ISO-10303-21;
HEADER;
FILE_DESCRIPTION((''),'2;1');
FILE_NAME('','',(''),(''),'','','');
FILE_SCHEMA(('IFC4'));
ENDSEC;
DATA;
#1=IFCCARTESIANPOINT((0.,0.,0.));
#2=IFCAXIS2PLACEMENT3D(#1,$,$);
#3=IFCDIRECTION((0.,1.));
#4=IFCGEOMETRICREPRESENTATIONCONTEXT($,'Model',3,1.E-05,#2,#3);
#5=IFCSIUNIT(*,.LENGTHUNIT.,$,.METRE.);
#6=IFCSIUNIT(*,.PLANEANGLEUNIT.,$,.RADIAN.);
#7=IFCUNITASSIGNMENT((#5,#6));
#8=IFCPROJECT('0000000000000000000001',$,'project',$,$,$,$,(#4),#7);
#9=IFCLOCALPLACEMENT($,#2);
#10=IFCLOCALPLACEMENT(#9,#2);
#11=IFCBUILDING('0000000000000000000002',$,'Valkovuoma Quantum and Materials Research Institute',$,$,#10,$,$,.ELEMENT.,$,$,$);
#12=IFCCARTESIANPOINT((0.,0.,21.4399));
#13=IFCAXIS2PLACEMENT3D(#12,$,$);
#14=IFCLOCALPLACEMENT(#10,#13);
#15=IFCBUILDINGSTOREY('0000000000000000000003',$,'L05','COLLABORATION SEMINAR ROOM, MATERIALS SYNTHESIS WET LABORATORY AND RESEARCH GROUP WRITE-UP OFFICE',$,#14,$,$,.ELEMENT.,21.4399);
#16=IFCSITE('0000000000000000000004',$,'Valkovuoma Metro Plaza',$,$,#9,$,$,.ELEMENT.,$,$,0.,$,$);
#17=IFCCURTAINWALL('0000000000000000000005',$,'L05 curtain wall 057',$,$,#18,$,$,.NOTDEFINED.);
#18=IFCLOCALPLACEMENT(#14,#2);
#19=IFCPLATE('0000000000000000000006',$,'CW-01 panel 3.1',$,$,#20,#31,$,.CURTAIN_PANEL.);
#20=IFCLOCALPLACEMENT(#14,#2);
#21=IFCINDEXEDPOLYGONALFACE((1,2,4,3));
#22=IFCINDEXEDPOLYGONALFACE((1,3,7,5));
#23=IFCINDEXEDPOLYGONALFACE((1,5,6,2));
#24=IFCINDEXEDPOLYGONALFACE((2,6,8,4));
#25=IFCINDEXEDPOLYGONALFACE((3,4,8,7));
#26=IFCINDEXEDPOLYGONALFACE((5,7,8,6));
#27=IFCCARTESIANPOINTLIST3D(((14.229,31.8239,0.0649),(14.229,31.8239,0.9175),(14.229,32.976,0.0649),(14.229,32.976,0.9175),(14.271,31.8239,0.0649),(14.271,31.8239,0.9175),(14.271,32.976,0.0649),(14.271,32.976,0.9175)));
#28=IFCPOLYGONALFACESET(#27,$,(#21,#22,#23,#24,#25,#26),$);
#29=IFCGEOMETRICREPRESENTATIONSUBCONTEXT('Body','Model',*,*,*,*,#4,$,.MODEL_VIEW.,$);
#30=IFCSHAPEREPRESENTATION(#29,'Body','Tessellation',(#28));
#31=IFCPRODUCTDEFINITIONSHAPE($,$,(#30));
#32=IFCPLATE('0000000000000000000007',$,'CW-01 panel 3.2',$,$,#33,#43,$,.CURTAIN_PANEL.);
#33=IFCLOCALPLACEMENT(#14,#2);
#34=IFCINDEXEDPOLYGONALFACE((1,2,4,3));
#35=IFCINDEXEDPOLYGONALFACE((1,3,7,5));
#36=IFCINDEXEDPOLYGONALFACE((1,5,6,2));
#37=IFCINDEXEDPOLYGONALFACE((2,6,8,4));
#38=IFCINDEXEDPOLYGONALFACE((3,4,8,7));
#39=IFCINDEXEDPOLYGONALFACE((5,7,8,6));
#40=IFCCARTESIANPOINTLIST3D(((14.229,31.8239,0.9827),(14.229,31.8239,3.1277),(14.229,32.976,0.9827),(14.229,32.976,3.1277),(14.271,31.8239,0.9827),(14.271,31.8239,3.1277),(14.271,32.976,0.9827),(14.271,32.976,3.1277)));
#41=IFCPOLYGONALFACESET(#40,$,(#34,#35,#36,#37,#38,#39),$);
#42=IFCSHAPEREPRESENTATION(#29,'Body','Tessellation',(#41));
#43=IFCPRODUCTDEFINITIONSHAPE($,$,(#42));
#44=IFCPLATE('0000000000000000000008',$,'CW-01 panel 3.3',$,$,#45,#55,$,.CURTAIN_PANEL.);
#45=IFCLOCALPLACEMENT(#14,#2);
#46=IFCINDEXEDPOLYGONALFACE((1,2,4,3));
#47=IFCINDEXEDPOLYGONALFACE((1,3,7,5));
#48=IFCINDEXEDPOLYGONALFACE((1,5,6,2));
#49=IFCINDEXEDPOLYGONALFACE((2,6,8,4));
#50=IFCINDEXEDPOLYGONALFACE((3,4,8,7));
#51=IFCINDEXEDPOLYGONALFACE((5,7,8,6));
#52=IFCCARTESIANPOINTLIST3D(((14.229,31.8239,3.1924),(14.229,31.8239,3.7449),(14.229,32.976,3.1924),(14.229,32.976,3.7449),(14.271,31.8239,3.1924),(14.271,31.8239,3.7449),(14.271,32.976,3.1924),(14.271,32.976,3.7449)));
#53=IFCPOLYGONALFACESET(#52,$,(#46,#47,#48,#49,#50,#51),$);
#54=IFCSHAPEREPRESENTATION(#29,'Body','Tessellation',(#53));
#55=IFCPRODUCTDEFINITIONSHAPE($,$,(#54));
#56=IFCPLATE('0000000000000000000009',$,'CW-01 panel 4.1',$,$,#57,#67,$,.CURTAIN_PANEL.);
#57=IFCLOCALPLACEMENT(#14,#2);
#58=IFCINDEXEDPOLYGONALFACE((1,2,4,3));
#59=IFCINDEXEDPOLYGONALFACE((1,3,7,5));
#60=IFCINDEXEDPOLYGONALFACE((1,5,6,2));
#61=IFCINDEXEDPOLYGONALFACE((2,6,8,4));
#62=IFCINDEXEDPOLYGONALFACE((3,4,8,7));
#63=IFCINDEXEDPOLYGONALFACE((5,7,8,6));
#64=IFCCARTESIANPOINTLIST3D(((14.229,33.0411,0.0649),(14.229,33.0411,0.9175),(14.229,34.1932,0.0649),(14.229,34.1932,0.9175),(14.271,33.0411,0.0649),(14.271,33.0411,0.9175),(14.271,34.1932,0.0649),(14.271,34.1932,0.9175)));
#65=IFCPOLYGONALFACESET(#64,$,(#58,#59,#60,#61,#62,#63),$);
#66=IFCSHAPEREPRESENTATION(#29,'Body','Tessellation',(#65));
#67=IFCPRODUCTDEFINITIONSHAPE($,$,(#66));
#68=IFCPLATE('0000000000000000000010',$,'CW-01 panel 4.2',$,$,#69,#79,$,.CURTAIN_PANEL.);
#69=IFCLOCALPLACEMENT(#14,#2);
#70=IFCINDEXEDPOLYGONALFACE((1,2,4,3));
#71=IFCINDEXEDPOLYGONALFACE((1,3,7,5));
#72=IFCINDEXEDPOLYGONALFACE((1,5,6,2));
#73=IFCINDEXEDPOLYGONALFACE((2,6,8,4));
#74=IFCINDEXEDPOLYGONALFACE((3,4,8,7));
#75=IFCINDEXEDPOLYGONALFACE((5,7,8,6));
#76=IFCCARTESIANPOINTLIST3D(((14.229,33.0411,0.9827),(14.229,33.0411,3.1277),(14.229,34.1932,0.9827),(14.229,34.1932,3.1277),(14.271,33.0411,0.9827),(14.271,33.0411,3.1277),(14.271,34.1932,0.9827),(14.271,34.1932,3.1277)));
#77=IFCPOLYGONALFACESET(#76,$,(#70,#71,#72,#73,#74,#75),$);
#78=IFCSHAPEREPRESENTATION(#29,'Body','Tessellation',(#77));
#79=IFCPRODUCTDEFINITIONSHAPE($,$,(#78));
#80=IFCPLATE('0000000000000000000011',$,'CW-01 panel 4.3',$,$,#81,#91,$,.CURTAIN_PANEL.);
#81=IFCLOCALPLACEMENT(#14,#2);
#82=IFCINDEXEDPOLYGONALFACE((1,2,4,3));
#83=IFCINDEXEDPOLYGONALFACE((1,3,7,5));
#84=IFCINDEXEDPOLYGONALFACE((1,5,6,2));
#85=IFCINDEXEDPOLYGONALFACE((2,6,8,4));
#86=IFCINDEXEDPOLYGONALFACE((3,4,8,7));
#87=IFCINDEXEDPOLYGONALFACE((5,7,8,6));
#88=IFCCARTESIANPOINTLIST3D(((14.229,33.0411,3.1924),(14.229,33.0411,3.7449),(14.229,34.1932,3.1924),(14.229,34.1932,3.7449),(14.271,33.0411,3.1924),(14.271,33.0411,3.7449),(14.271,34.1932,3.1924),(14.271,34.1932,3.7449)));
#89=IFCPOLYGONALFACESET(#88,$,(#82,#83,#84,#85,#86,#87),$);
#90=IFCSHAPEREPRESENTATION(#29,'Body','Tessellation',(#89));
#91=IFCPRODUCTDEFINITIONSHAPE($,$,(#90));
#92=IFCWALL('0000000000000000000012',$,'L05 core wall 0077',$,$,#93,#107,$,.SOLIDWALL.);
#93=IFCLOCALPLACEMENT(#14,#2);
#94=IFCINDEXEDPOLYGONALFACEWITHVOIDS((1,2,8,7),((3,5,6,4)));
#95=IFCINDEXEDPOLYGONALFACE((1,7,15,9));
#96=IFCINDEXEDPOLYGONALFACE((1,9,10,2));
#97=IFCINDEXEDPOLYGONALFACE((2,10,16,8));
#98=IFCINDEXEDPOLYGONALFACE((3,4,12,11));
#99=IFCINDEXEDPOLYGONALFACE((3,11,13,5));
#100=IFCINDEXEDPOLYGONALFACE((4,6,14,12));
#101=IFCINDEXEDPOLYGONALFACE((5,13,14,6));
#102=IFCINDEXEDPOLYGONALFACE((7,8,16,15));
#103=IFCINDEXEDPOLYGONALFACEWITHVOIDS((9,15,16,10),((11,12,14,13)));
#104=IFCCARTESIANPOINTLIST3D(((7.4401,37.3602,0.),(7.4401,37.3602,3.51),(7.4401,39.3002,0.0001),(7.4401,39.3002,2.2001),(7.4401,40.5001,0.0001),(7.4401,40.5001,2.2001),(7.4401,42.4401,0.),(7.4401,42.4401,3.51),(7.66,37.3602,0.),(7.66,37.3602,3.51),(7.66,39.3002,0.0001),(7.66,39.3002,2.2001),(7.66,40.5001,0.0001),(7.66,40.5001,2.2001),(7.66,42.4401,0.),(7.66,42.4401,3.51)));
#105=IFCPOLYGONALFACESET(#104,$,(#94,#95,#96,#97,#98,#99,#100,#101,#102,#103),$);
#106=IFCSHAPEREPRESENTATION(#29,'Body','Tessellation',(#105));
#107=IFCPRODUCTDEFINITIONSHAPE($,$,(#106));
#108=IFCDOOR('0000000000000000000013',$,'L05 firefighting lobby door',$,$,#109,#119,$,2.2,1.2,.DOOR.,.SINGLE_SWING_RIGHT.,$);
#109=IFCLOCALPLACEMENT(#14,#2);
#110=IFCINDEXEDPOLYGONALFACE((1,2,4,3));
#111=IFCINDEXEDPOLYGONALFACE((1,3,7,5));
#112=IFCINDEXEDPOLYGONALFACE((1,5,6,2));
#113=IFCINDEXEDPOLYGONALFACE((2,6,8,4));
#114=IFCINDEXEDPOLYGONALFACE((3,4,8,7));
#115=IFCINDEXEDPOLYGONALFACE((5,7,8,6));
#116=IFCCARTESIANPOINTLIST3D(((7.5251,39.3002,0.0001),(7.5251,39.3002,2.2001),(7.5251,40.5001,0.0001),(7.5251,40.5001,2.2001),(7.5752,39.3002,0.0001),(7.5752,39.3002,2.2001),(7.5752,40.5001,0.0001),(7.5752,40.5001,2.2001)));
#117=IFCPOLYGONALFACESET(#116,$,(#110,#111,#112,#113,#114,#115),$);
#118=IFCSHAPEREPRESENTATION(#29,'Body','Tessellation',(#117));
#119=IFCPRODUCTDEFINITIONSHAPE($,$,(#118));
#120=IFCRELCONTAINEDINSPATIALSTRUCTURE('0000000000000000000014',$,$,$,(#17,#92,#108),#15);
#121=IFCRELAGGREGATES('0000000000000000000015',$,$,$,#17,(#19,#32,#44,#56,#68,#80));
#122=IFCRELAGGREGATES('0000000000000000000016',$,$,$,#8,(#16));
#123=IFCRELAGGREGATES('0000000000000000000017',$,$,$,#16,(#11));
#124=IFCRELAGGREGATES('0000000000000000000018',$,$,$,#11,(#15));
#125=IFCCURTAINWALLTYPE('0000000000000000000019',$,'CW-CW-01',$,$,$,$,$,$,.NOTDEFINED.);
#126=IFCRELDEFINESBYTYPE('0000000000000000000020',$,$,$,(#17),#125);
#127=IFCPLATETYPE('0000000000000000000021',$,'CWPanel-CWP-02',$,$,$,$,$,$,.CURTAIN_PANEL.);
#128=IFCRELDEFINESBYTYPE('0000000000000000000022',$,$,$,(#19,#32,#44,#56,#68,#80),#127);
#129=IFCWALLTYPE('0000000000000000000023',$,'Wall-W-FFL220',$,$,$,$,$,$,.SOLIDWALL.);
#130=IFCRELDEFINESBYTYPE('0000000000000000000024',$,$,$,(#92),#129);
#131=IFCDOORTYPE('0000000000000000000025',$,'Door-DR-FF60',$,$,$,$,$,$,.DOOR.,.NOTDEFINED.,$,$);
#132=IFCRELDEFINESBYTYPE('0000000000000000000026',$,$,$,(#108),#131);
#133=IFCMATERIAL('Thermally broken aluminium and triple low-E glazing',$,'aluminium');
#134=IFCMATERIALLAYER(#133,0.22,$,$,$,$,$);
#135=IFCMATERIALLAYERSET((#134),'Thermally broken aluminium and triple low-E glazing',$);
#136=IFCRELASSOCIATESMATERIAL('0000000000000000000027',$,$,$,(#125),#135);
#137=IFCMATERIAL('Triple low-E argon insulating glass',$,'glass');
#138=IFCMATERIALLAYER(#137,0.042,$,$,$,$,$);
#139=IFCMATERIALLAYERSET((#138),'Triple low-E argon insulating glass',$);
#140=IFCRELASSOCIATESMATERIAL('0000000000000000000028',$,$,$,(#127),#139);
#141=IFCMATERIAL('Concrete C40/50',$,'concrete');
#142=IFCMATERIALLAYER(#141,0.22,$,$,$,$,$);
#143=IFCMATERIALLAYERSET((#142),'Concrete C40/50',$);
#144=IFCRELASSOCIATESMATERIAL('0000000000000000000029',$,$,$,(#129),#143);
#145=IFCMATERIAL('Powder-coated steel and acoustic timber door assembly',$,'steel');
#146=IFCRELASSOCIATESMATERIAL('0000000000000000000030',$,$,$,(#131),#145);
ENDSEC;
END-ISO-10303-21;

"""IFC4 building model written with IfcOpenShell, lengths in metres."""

from ifc_helpers import new_model, si_unit, direction, frame, frame_2d, origin, origin_2d, place, context, subcontext, project, spatial, rectangle, extrude, material, layer, layer_set, type_object, element, fill, aggregate, save


model = new_model("IFC4")

# Units and contexts
model_context = context("Model", 3, precision=1e-05, world=origin(), true_north=direction((0.0, 1.0)))
body_context = subcontext(model_context, "Body", "Model", "MODEL_VIEW")
ifc_project = project(units=[si_unit("LENGTHUNIT", "METRE"), si_unit("PLANEANGLEUNIT", "RADIAN")], contexts=[model_context])

# Site, building, storey
site_placement = place(None, origin())
site = spatial("IfcSite", under=ifc_project, at=site_placement, Name="Valkovuoma Metro Plaza", CompositionType="ELEMENT", RefElevation=0.0)
building_placement = place(site_placement, origin())
building = spatial("IfcBuilding", under=site, at=building_placement, Name="Valkovuoma Quantum and Materials Research Institute", CompositionType="ELEMENT")
storey_placement = place(building_placement, frame((0.0, 0.0, 21.4399)))
storey = spatial("IfcBuildingStorey", under=building, at=storey_placement, Name="L05", Description="COLLABORATION SEMINAR ROOM, MATERIALS SYNTHESIS WET LABORATORY AND RESEARCH GROUP WRITE-UP OFFICE", CompositionType="ELEMENT", Elevation=21.4399)

# Curtain wall, plates
ifc_material_1 = material(Name="Thermally broken aluminium and triple low-E glazing", Category="aluminium")
ifc_layer_1 = layer(ifc_material_1, 0.22)
ifc_layer_set_1 = layer_set([ifc_layer_1], Name="Thermally broken aluminium and triple low-E glazing")
curtain_wall_type = type_object("IfcCurtainWallType", Name="CW-CW-01", PredefinedType="NOTDEFINED", material=ifc_layer_set_1)
curtain_wall_placement = place(storey_placement, origin())
curtain_wall = element("IfcCurtainWall", 1, at=curtain_wall_placement, inside=storey, type_object=curtain_wall_type, Name="L05 curtain wall 057", PredefinedType="NOTDEFINED")
ifc_material_2 = material(Name="Triple low-E argon insulating glass", Category="glass")
ifc_layer_2 = layer(ifc_material_2, 0.042)
ifc_layer_set_2 = layer_set([ifc_layer_2], Name="Triple low-E argon insulating glass")
plate_type = type_object("IfcPlateType", Name="CWPanel-CWP-02", PredefinedType="CURTAIN_PANEL", material=ifc_layer_set_2)
plate_1_placement = place(storey_placement, frame((14.25, 32.3999, 0.0649), z_axis=(0.0, 0.0, 1.0), x_axis=(0.0, 1.0, 0.0)))
plate_1 = element("IfcPlate", 2, at=plate_1_placement, type_object=plate_type, Name="CW-01 panel 3.1", PredefinedType="CURTAIN_PANEL", context=body_context, shape_type="SweptSolid", body=[
    extrude(rectangle(XDim=1.1521, YDim=0.042, at=origin_2d()), origin(), (0.0, 0.0, 1.0), 0.8525),
])
plate_2_placement = place(storey_placement, frame((14.25, 32.3999, 0.9827), z_axis=(0.0, 0.0, 1.0), x_axis=(0.0, 1.0, 0.0)))
plate_2 = element("IfcPlate", 3, at=plate_2_placement, type_object=plate_type, Name="CW-01 panel 3.2", PredefinedType="CURTAIN_PANEL", context=body_context, shape_type="SweptSolid", body=[
    extrude(rectangle(XDim=1.1521, YDim=0.042, at=origin_2d()), origin(), (0.0, 0.0, 1.0), 2.145),
])
plate_3_placement = place(storey_placement, frame((14.25, 32.3999, 3.1924), z_axis=(0.0, 0.0, 1.0), x_axis=(0.0, 1.0, 0.0)))
plate_3 = element("IfcPlate", 4, at=plate_3_placement, type_object=plate_type, Name="CW-01 panel 3.3", PredefinedType="CURTAIN_PANEL", context=body_context, shape_type="SweptSolid", body=[
    extrude(rectangle(XDim=1.1521, YDim=0.042, at=origin_2d()), origin(), (0.0, 0.0, 1.0), 0.5525),
])
plate_4_placement = place(storey_placement, frame((14.25, 33.6172, 0.0649), z_axis=(0.0, 0.0, 1.0), x_axis=(0.0, 1.0, 0.0)))
plate_4 = element("IfcPlate", 5, at=plate_4_placement, type_object=plate_type, Name="CW-01 panel 4.1", PredefinedType="CURTAIN_PANEL", context=body_context, shape_type="SweptSolid", body=[
    extrude(rectangle(XDim=1.1521, YDim=0.042, at=origin_2d()), origin(), (0.0, 0.0, 1.0), 0.8525),
])
plate_5_placement = place(storey_placement, frame((14.25, 33.6172, 0.9827), z_axis=(0.0, 0.0, 1.0), x_axis=(0.0, 1.0, 0.0)))
plate_5 = element("IfcPlate", 6, at=plate_5_placement, type_object=plate_type, Name="CW-01 panel 4.2", PredefinedType="CURTAIN_PANEL", context=body_context, shape_type="SweptSolid", body=[
    extrude(rectangle(XDim=1.1521, YDim=0.042, at=origin_2d()), origin(), (0.0, 0.0, 1.0), 2.145),
])
plate_6_placement = place(storey_placement, frame((14.25, 33.6172, 3.1924), z_axis=(0.0, 0.0, 1.0), x_axis=(0.0, 1.0, 0.0)))
plate_6 = element("IfcPlate", 7, at=plate_6_placement, type_object=plate_type, Name="CW-01 panel 4.3", PredefinedType="CURTAIN_PANEL", context=body_context, shape_type="SweptSolid", body=[
    extrude(rectangle(XDim=1.1521, YDim=0.042, at=origin_2d()), origin(), (0.0, 0.0, 1.0), 0.5525),
])
aggregate(curtain_wall, [plate_1, plate_2, plate_3, plate_4, plate_5, plate_6])

# Wall, opening, door
ifc_material_3 = material(Name="Concrete C40/50", Category="concrete")
ifc_layer_3 = layer(ifc_material_3, 0.22)
ifc_layer_set_3 = layer_set([ifc_layer_3], Name="Concrete C40/50")
wall_type = type_object("IfcWallType", Name="Wall-W-FFL220", PredefinedType="SOLIDWALL", material=ifc_layer_set_3)
wall_placement = place(storey_placement, frame((7.55, 37.3601, 0.0), z_axis=(0.0, 0.0, 1.0), x_axis=(0.0, 1.0, 0.0)))
wall = element("IfcWall", 8, at=wall_placement, inside=storey, type_object=wall_type, Name="L05 core wall 0077", PredefinedType="SOLIDWALL", context=body_context, shape_type="SweptSolid", body=[
    extrude(rectangle(XDim=5.0798, YDim=0.22, at=frame_2d((2.54, 0.0))), origin(), (0.0, 0.0, 1.0), 3.51),
])
opening_placement = place(wall_placement, frame((1.9399, 0.0, 0.0)))
opening = element("IfcOpeningElement", 9, at=opening_placement, cuts=wall, PredefinedType="OPENING", context=body_context, shape_type="SweptSolid", body=[
    extrude(rectangle(XDim=1.2, YDim=2.2, at=frame_2d((0.6001, 1.1001))), frame((0.0, 0.1201, 0.0), z_axis=(0.0, -1.0, 0.0), x_axis=(1.0, 0.0, 0.0)), (0.0, 0.0, 1.0), 0.24),
])
ifc_material_4 = material(Name="Powder-coated steel and acoustic timber door assembly", Category="steel")
door_type = type_object("IfcDoorType", Name="Door-DR-FF60", OperationType="NOTDEFINED", PredefinedType="DOOR", material=ifc_material_4)
door_placement = place(opening_placement, origin())
door = element("IfcDoor", 10, at=door_placement, inside=storey, type_object=door_type, Name="L05 firefighting lobby door", OperationType="SINGLE_SWING_RIGHT", OverallHeight=2.2, OverallWidth=1.2, PredefinedType="DOOR", context=body_context, shape_type="SweptSolid", body=[
    extrude(rectangle(XDim=1.2, YDim=2.2, at=frame_2d((0.6001, 1.1001))), frame((0.0, 0.0249, 0.0), z_axis=(0.0, -1.0, 0.0), x_axis=(1.0, 0.0, 0.0)), (0.0, 0.0, 1.0), 0.05),
])
fill(opening, door)

save(model, "model.ifc")
